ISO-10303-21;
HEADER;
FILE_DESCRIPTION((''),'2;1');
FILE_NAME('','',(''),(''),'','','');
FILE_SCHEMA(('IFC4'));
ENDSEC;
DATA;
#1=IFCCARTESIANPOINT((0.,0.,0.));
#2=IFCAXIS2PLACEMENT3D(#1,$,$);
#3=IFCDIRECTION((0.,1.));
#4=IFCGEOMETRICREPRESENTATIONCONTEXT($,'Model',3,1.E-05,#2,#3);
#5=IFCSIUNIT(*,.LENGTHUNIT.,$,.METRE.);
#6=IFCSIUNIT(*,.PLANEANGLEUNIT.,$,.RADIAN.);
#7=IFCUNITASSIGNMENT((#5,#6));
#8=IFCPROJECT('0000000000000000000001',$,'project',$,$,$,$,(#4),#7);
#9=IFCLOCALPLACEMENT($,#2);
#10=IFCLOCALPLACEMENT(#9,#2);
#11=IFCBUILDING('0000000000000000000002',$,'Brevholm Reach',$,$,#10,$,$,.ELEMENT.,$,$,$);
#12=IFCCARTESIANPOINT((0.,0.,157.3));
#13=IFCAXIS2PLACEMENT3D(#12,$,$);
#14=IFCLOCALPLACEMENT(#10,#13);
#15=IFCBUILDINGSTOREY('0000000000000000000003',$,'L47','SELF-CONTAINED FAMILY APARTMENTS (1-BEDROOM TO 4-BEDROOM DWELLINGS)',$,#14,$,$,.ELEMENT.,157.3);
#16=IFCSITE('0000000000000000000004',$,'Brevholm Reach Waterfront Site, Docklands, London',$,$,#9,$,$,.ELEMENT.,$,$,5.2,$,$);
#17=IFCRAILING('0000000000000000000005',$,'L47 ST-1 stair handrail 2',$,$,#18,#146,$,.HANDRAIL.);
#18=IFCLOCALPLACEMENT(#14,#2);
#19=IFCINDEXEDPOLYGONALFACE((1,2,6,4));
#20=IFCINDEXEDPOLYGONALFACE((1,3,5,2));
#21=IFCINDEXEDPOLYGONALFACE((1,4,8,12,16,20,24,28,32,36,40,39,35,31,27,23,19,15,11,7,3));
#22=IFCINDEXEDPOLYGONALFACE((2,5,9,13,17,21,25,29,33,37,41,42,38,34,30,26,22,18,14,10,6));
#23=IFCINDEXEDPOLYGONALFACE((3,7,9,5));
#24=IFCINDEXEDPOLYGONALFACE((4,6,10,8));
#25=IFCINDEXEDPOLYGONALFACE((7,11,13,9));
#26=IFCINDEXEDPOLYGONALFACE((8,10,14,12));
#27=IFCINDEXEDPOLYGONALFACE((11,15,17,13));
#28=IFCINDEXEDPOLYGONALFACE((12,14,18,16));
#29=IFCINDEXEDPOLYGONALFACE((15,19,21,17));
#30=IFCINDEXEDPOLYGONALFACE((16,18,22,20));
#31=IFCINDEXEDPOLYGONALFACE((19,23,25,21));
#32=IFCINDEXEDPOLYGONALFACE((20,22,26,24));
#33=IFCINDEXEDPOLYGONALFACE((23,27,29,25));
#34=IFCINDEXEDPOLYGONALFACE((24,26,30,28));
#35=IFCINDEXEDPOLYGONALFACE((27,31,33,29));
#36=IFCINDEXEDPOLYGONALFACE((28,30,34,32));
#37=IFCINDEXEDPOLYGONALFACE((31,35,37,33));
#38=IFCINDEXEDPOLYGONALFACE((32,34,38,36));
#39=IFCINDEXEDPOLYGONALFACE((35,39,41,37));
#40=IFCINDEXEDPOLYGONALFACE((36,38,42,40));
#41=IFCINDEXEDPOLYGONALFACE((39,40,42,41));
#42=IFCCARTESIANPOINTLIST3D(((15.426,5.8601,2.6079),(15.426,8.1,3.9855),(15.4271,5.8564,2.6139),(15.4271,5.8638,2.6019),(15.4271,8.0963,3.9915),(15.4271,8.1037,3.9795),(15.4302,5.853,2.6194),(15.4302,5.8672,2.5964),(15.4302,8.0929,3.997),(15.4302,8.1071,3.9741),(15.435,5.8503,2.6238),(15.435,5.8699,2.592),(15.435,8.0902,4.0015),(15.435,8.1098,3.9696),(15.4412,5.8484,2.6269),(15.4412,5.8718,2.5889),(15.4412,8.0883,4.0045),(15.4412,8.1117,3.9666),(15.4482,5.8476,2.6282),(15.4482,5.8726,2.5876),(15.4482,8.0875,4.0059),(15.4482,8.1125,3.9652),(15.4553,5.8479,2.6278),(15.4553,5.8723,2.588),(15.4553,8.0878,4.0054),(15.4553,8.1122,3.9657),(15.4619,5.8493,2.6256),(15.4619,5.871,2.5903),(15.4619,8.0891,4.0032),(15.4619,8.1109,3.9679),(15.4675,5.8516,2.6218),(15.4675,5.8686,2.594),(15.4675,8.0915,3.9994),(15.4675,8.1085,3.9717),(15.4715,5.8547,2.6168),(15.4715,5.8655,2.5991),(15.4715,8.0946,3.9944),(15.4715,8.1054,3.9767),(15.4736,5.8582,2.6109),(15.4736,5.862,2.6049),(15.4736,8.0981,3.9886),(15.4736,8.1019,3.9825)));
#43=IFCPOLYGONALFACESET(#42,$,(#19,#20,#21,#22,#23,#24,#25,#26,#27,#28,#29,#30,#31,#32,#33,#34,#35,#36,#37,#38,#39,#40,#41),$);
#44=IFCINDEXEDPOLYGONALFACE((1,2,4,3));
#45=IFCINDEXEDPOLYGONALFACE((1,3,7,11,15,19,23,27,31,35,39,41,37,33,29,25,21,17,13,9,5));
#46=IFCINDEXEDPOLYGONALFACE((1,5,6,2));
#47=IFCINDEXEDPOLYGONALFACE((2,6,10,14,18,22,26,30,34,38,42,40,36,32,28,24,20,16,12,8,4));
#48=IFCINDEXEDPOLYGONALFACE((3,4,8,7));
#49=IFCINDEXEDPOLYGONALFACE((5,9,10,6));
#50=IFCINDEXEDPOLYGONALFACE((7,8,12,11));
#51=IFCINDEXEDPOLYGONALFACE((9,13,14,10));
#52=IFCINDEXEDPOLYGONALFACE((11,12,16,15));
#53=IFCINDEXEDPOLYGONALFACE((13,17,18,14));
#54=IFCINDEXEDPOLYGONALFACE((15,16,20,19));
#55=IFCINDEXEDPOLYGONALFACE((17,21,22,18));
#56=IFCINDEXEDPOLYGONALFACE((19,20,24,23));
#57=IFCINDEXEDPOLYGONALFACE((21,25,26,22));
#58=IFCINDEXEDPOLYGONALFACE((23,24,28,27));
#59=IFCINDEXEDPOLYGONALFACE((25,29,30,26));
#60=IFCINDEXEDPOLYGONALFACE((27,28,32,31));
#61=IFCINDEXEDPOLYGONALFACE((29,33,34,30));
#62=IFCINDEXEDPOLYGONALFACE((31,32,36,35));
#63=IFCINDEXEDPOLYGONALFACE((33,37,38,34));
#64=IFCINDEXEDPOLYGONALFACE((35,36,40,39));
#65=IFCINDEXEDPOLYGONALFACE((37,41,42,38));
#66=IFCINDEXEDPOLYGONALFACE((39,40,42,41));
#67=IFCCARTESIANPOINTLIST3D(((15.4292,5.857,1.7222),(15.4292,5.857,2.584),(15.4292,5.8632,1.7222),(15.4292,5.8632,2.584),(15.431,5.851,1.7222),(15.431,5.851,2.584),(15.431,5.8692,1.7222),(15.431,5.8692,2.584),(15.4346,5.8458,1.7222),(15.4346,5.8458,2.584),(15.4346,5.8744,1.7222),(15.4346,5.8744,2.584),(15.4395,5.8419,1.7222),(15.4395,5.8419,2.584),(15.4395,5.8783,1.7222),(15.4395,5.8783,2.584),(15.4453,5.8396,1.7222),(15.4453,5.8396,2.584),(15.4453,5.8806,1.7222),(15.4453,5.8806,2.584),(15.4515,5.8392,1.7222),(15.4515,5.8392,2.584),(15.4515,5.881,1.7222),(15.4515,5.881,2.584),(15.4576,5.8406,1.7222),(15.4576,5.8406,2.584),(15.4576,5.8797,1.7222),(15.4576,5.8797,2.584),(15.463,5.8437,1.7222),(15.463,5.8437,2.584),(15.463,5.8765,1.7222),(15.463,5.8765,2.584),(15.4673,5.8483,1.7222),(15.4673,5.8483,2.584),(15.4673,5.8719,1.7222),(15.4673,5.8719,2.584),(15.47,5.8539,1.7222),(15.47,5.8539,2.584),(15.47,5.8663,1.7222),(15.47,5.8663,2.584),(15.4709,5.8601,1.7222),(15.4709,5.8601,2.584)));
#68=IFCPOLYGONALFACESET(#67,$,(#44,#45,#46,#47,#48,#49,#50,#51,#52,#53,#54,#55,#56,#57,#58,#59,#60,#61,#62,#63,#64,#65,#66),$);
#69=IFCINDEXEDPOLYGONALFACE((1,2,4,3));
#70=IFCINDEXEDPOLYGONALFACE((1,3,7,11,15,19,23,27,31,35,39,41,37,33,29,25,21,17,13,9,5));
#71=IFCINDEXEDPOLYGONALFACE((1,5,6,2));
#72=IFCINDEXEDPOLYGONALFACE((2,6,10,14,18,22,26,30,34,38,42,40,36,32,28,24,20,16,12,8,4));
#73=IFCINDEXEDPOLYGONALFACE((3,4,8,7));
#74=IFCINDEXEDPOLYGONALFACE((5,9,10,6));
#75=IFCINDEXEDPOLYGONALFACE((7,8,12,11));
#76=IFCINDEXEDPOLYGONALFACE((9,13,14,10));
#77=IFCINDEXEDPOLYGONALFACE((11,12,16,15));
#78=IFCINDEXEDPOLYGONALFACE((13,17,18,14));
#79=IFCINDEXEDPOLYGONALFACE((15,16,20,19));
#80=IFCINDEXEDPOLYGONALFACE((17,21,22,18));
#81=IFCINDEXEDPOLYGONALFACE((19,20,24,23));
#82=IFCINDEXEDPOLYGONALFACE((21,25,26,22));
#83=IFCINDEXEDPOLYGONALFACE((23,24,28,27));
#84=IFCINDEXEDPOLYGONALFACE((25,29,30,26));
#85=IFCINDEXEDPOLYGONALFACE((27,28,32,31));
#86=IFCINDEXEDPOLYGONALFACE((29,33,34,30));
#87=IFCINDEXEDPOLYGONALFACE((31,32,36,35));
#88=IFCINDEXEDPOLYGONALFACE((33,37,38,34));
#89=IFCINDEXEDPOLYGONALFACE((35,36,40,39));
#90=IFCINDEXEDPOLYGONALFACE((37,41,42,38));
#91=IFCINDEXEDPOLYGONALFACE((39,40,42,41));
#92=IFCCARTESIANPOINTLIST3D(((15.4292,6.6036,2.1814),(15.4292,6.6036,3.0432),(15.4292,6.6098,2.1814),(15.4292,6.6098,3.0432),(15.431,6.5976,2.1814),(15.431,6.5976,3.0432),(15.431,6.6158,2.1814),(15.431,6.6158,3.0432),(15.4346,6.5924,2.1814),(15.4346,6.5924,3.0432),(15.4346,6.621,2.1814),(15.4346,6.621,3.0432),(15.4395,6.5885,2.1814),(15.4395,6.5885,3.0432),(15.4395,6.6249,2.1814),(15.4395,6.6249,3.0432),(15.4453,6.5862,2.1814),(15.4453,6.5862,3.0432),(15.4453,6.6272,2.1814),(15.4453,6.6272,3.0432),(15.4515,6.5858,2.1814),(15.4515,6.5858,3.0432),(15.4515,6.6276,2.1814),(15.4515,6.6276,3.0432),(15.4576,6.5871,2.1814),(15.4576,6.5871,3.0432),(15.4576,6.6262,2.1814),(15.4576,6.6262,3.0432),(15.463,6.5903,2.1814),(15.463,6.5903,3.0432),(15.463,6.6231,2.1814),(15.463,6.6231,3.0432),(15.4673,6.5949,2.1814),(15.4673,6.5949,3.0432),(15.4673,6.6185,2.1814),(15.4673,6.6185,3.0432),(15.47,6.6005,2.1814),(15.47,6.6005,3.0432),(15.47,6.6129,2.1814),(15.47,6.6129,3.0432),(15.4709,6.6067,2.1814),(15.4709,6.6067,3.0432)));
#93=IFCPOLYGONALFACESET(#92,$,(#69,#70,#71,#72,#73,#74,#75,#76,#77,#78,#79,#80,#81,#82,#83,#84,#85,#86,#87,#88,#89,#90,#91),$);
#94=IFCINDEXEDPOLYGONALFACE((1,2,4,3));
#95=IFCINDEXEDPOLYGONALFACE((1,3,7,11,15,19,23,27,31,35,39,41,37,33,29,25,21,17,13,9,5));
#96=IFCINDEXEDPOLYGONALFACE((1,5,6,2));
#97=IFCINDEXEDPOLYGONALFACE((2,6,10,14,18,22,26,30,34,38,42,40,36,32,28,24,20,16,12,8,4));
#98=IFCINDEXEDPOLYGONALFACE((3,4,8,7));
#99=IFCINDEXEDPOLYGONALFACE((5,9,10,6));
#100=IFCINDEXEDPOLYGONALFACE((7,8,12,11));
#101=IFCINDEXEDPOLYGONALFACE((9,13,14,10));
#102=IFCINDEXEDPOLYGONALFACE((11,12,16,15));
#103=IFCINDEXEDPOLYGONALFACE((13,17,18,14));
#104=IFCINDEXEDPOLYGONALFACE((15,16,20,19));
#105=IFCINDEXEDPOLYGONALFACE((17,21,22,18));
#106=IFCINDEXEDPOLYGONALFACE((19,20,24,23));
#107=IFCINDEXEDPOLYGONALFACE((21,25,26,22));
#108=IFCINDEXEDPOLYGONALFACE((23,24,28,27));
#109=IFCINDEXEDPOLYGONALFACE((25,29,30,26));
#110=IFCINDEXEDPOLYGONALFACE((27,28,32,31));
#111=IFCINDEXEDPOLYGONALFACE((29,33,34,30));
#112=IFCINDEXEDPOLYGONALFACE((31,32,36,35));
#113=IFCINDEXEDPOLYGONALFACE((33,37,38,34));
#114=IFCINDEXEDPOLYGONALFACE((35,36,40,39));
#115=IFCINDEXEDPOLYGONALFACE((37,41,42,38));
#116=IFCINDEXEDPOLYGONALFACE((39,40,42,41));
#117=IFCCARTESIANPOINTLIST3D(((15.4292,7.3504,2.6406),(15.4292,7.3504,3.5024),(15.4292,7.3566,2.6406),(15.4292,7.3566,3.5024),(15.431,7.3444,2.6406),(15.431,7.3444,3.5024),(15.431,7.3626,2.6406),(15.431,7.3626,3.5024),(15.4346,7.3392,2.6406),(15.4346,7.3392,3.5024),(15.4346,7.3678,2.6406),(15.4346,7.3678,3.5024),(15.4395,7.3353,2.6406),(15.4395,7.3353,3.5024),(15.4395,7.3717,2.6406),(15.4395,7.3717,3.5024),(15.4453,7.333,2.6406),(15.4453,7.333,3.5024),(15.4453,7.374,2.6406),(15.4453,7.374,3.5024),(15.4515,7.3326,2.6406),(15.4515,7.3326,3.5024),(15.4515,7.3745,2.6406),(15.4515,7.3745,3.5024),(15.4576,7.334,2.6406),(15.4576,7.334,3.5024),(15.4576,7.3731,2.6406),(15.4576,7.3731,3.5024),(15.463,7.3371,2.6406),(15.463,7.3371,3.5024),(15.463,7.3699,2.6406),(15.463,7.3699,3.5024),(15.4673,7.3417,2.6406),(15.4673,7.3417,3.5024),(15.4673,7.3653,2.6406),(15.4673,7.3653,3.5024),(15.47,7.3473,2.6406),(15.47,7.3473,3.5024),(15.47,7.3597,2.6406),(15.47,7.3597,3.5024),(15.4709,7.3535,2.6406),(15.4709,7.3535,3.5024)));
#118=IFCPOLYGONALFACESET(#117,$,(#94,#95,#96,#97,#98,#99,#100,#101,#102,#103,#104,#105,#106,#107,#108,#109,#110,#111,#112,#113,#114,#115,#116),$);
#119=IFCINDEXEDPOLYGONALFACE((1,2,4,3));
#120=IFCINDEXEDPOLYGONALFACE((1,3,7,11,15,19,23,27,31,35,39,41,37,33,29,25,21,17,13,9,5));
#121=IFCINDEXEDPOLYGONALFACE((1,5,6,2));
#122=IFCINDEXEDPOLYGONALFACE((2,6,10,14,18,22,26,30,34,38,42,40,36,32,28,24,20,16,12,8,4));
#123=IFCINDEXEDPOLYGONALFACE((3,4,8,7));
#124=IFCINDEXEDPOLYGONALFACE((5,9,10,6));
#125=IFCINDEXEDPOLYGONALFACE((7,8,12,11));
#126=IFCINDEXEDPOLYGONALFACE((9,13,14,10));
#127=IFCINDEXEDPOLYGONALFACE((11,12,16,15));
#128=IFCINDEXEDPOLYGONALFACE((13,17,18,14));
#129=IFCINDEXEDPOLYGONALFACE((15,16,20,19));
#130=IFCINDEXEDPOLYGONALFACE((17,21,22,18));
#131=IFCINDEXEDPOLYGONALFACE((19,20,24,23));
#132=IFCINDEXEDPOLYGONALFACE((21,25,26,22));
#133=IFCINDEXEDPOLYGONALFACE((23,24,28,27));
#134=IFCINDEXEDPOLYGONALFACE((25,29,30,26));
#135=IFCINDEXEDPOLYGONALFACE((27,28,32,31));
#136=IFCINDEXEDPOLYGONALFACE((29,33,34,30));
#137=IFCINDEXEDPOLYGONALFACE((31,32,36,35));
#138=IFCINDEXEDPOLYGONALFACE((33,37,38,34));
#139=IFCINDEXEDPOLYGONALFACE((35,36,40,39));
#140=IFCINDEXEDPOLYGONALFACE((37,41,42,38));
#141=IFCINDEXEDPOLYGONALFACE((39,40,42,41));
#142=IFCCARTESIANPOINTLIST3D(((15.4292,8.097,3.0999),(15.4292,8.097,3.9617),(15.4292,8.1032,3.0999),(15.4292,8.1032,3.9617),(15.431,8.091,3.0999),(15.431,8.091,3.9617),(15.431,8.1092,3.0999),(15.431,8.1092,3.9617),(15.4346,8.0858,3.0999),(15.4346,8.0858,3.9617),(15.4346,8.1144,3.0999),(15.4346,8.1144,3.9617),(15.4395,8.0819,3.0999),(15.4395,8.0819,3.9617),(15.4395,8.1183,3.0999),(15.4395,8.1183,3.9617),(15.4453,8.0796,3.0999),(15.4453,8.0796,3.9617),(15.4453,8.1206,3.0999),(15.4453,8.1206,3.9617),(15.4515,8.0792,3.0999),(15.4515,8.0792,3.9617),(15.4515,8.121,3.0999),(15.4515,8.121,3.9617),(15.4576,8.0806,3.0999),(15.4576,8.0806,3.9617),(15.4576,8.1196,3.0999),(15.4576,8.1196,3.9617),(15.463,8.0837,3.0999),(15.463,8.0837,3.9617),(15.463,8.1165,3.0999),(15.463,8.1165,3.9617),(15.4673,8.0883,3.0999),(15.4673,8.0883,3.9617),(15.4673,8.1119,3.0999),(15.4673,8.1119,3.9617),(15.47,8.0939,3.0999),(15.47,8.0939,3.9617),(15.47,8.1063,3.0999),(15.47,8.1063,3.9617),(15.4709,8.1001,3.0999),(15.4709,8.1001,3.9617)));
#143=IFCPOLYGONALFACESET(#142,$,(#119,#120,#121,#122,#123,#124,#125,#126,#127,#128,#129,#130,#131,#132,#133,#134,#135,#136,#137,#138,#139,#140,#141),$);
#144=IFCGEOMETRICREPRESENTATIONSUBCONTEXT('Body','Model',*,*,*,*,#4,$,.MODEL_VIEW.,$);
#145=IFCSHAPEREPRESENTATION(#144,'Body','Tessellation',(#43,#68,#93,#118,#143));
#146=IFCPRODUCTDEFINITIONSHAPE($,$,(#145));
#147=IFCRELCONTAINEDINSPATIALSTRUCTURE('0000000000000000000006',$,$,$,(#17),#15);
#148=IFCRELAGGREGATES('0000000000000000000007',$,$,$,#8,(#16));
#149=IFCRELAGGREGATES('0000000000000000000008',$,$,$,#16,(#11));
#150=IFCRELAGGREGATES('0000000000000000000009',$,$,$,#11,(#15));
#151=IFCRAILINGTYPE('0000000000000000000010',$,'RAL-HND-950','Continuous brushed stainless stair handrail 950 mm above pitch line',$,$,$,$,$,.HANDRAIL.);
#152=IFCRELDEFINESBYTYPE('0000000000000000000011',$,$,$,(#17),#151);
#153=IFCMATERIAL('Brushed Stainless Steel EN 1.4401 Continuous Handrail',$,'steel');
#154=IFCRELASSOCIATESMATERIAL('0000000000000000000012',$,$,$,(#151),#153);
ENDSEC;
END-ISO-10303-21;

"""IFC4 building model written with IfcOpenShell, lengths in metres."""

from ifc_helpers import new_model, si_unit, direction, frame, origin, origin_2d, place, context, subcontext, project, spatial, circle, extrude, material, type_object, element, save


model = new_model("IFC4")

# Units and contexts
model_context = context("Model", 3, precision=1e-05, world=origin(), true_north=direction((0.0, 1.0)))
body_context = subcontext(model_context, "Body", "Model", "MODEL_VIEW")
ifc_project = project(units=[si_unit("LENGTHUNIT", "METRE"), si_unit("PLANEANGLEUNIT", "RADIAN")], contexts=[model_context])

# Site, building, storey
site_placement = place(None, origin())
site = spatial("IfcSite", under=ifc_project, at=site_placement, Name="Brevholm Reach Waterfront Site, Docklands, London", CompositionType="ELEMENT", RefElevation=5.2)
building_placement = place(site_placement, origin())
building = spatial("IfcBuilding", under=site, at=building_placement, Name="Brevholm Reach", CompositionType="ELEMENT")
storey_placement = place(building_placement, frame((0.0, 0.0, 157.3)))
storey = spatial("IfcBuildingStorey", under=building, at=storey_placement, Name="L47", Description="SELF-CONTAINED FAMILY APARTMENTS (1-BEDROOM TO 4-BEDROOM DWELLINGS)", CompositionType="ELEMENT", Elevation=157.3)

# Railing
ifc_material_1 = material(Name="Brushed Stainless Steel EN 1.4401 Continuous Handrail", Category="steel")
railing_type_1 = type_object("IfcRailingType", Name="RAL-HND-950", Description="Continuous brushed stainless stair handrail 950 mm above pitch line", PredefinedType="HANDRAIL", material=ifc_material_1)
railing_1_placement = place(storey_placement, frame((15.45, 5.8601, 1.7222)))
element("IfcRailing", 1, at=railing_1_placement, inside=storey, type_object=railing_type_1, Name="L47 ST-1 stair handrail 2", PredefinedType="HANDRAIL", context=body_context, shape_type="SweptSolid", body=[
    extrude(circle(Radius=0.0239, at=origin_2d()), frame((0.0, 0.0, 0.8857), z_axis=(0.0, 0.851789, 0.523885), x_axis=(-1.0, 0.0, 0.0)), (0.0, 0.0, 1.0), 2.6296),
    extrude(circle(Radius=0.021, at=origin_2d()), origin(), (0.0, 0.0, 1.0), 0.8618),
    extrude(circle(Radius=0.021, at=origin_2d()), frame((0.0, 0.7466, 0.4592)), (0.0, 0.0, 1.0), 0.8618),
    extrude(circle(Radius=0.021, at=origin_2d()), frame((0.0, 1.4934, 0.9185)), (0.0, 0.0, 1.0), 0.8618),
    extrude(circle(Radius=0.021, at=origin_2d()), frame((0.0, 2.24, 1.3777)), (0.0, 0.0, 1.0), 0.8618),
])

save(model, "model.ifc")
